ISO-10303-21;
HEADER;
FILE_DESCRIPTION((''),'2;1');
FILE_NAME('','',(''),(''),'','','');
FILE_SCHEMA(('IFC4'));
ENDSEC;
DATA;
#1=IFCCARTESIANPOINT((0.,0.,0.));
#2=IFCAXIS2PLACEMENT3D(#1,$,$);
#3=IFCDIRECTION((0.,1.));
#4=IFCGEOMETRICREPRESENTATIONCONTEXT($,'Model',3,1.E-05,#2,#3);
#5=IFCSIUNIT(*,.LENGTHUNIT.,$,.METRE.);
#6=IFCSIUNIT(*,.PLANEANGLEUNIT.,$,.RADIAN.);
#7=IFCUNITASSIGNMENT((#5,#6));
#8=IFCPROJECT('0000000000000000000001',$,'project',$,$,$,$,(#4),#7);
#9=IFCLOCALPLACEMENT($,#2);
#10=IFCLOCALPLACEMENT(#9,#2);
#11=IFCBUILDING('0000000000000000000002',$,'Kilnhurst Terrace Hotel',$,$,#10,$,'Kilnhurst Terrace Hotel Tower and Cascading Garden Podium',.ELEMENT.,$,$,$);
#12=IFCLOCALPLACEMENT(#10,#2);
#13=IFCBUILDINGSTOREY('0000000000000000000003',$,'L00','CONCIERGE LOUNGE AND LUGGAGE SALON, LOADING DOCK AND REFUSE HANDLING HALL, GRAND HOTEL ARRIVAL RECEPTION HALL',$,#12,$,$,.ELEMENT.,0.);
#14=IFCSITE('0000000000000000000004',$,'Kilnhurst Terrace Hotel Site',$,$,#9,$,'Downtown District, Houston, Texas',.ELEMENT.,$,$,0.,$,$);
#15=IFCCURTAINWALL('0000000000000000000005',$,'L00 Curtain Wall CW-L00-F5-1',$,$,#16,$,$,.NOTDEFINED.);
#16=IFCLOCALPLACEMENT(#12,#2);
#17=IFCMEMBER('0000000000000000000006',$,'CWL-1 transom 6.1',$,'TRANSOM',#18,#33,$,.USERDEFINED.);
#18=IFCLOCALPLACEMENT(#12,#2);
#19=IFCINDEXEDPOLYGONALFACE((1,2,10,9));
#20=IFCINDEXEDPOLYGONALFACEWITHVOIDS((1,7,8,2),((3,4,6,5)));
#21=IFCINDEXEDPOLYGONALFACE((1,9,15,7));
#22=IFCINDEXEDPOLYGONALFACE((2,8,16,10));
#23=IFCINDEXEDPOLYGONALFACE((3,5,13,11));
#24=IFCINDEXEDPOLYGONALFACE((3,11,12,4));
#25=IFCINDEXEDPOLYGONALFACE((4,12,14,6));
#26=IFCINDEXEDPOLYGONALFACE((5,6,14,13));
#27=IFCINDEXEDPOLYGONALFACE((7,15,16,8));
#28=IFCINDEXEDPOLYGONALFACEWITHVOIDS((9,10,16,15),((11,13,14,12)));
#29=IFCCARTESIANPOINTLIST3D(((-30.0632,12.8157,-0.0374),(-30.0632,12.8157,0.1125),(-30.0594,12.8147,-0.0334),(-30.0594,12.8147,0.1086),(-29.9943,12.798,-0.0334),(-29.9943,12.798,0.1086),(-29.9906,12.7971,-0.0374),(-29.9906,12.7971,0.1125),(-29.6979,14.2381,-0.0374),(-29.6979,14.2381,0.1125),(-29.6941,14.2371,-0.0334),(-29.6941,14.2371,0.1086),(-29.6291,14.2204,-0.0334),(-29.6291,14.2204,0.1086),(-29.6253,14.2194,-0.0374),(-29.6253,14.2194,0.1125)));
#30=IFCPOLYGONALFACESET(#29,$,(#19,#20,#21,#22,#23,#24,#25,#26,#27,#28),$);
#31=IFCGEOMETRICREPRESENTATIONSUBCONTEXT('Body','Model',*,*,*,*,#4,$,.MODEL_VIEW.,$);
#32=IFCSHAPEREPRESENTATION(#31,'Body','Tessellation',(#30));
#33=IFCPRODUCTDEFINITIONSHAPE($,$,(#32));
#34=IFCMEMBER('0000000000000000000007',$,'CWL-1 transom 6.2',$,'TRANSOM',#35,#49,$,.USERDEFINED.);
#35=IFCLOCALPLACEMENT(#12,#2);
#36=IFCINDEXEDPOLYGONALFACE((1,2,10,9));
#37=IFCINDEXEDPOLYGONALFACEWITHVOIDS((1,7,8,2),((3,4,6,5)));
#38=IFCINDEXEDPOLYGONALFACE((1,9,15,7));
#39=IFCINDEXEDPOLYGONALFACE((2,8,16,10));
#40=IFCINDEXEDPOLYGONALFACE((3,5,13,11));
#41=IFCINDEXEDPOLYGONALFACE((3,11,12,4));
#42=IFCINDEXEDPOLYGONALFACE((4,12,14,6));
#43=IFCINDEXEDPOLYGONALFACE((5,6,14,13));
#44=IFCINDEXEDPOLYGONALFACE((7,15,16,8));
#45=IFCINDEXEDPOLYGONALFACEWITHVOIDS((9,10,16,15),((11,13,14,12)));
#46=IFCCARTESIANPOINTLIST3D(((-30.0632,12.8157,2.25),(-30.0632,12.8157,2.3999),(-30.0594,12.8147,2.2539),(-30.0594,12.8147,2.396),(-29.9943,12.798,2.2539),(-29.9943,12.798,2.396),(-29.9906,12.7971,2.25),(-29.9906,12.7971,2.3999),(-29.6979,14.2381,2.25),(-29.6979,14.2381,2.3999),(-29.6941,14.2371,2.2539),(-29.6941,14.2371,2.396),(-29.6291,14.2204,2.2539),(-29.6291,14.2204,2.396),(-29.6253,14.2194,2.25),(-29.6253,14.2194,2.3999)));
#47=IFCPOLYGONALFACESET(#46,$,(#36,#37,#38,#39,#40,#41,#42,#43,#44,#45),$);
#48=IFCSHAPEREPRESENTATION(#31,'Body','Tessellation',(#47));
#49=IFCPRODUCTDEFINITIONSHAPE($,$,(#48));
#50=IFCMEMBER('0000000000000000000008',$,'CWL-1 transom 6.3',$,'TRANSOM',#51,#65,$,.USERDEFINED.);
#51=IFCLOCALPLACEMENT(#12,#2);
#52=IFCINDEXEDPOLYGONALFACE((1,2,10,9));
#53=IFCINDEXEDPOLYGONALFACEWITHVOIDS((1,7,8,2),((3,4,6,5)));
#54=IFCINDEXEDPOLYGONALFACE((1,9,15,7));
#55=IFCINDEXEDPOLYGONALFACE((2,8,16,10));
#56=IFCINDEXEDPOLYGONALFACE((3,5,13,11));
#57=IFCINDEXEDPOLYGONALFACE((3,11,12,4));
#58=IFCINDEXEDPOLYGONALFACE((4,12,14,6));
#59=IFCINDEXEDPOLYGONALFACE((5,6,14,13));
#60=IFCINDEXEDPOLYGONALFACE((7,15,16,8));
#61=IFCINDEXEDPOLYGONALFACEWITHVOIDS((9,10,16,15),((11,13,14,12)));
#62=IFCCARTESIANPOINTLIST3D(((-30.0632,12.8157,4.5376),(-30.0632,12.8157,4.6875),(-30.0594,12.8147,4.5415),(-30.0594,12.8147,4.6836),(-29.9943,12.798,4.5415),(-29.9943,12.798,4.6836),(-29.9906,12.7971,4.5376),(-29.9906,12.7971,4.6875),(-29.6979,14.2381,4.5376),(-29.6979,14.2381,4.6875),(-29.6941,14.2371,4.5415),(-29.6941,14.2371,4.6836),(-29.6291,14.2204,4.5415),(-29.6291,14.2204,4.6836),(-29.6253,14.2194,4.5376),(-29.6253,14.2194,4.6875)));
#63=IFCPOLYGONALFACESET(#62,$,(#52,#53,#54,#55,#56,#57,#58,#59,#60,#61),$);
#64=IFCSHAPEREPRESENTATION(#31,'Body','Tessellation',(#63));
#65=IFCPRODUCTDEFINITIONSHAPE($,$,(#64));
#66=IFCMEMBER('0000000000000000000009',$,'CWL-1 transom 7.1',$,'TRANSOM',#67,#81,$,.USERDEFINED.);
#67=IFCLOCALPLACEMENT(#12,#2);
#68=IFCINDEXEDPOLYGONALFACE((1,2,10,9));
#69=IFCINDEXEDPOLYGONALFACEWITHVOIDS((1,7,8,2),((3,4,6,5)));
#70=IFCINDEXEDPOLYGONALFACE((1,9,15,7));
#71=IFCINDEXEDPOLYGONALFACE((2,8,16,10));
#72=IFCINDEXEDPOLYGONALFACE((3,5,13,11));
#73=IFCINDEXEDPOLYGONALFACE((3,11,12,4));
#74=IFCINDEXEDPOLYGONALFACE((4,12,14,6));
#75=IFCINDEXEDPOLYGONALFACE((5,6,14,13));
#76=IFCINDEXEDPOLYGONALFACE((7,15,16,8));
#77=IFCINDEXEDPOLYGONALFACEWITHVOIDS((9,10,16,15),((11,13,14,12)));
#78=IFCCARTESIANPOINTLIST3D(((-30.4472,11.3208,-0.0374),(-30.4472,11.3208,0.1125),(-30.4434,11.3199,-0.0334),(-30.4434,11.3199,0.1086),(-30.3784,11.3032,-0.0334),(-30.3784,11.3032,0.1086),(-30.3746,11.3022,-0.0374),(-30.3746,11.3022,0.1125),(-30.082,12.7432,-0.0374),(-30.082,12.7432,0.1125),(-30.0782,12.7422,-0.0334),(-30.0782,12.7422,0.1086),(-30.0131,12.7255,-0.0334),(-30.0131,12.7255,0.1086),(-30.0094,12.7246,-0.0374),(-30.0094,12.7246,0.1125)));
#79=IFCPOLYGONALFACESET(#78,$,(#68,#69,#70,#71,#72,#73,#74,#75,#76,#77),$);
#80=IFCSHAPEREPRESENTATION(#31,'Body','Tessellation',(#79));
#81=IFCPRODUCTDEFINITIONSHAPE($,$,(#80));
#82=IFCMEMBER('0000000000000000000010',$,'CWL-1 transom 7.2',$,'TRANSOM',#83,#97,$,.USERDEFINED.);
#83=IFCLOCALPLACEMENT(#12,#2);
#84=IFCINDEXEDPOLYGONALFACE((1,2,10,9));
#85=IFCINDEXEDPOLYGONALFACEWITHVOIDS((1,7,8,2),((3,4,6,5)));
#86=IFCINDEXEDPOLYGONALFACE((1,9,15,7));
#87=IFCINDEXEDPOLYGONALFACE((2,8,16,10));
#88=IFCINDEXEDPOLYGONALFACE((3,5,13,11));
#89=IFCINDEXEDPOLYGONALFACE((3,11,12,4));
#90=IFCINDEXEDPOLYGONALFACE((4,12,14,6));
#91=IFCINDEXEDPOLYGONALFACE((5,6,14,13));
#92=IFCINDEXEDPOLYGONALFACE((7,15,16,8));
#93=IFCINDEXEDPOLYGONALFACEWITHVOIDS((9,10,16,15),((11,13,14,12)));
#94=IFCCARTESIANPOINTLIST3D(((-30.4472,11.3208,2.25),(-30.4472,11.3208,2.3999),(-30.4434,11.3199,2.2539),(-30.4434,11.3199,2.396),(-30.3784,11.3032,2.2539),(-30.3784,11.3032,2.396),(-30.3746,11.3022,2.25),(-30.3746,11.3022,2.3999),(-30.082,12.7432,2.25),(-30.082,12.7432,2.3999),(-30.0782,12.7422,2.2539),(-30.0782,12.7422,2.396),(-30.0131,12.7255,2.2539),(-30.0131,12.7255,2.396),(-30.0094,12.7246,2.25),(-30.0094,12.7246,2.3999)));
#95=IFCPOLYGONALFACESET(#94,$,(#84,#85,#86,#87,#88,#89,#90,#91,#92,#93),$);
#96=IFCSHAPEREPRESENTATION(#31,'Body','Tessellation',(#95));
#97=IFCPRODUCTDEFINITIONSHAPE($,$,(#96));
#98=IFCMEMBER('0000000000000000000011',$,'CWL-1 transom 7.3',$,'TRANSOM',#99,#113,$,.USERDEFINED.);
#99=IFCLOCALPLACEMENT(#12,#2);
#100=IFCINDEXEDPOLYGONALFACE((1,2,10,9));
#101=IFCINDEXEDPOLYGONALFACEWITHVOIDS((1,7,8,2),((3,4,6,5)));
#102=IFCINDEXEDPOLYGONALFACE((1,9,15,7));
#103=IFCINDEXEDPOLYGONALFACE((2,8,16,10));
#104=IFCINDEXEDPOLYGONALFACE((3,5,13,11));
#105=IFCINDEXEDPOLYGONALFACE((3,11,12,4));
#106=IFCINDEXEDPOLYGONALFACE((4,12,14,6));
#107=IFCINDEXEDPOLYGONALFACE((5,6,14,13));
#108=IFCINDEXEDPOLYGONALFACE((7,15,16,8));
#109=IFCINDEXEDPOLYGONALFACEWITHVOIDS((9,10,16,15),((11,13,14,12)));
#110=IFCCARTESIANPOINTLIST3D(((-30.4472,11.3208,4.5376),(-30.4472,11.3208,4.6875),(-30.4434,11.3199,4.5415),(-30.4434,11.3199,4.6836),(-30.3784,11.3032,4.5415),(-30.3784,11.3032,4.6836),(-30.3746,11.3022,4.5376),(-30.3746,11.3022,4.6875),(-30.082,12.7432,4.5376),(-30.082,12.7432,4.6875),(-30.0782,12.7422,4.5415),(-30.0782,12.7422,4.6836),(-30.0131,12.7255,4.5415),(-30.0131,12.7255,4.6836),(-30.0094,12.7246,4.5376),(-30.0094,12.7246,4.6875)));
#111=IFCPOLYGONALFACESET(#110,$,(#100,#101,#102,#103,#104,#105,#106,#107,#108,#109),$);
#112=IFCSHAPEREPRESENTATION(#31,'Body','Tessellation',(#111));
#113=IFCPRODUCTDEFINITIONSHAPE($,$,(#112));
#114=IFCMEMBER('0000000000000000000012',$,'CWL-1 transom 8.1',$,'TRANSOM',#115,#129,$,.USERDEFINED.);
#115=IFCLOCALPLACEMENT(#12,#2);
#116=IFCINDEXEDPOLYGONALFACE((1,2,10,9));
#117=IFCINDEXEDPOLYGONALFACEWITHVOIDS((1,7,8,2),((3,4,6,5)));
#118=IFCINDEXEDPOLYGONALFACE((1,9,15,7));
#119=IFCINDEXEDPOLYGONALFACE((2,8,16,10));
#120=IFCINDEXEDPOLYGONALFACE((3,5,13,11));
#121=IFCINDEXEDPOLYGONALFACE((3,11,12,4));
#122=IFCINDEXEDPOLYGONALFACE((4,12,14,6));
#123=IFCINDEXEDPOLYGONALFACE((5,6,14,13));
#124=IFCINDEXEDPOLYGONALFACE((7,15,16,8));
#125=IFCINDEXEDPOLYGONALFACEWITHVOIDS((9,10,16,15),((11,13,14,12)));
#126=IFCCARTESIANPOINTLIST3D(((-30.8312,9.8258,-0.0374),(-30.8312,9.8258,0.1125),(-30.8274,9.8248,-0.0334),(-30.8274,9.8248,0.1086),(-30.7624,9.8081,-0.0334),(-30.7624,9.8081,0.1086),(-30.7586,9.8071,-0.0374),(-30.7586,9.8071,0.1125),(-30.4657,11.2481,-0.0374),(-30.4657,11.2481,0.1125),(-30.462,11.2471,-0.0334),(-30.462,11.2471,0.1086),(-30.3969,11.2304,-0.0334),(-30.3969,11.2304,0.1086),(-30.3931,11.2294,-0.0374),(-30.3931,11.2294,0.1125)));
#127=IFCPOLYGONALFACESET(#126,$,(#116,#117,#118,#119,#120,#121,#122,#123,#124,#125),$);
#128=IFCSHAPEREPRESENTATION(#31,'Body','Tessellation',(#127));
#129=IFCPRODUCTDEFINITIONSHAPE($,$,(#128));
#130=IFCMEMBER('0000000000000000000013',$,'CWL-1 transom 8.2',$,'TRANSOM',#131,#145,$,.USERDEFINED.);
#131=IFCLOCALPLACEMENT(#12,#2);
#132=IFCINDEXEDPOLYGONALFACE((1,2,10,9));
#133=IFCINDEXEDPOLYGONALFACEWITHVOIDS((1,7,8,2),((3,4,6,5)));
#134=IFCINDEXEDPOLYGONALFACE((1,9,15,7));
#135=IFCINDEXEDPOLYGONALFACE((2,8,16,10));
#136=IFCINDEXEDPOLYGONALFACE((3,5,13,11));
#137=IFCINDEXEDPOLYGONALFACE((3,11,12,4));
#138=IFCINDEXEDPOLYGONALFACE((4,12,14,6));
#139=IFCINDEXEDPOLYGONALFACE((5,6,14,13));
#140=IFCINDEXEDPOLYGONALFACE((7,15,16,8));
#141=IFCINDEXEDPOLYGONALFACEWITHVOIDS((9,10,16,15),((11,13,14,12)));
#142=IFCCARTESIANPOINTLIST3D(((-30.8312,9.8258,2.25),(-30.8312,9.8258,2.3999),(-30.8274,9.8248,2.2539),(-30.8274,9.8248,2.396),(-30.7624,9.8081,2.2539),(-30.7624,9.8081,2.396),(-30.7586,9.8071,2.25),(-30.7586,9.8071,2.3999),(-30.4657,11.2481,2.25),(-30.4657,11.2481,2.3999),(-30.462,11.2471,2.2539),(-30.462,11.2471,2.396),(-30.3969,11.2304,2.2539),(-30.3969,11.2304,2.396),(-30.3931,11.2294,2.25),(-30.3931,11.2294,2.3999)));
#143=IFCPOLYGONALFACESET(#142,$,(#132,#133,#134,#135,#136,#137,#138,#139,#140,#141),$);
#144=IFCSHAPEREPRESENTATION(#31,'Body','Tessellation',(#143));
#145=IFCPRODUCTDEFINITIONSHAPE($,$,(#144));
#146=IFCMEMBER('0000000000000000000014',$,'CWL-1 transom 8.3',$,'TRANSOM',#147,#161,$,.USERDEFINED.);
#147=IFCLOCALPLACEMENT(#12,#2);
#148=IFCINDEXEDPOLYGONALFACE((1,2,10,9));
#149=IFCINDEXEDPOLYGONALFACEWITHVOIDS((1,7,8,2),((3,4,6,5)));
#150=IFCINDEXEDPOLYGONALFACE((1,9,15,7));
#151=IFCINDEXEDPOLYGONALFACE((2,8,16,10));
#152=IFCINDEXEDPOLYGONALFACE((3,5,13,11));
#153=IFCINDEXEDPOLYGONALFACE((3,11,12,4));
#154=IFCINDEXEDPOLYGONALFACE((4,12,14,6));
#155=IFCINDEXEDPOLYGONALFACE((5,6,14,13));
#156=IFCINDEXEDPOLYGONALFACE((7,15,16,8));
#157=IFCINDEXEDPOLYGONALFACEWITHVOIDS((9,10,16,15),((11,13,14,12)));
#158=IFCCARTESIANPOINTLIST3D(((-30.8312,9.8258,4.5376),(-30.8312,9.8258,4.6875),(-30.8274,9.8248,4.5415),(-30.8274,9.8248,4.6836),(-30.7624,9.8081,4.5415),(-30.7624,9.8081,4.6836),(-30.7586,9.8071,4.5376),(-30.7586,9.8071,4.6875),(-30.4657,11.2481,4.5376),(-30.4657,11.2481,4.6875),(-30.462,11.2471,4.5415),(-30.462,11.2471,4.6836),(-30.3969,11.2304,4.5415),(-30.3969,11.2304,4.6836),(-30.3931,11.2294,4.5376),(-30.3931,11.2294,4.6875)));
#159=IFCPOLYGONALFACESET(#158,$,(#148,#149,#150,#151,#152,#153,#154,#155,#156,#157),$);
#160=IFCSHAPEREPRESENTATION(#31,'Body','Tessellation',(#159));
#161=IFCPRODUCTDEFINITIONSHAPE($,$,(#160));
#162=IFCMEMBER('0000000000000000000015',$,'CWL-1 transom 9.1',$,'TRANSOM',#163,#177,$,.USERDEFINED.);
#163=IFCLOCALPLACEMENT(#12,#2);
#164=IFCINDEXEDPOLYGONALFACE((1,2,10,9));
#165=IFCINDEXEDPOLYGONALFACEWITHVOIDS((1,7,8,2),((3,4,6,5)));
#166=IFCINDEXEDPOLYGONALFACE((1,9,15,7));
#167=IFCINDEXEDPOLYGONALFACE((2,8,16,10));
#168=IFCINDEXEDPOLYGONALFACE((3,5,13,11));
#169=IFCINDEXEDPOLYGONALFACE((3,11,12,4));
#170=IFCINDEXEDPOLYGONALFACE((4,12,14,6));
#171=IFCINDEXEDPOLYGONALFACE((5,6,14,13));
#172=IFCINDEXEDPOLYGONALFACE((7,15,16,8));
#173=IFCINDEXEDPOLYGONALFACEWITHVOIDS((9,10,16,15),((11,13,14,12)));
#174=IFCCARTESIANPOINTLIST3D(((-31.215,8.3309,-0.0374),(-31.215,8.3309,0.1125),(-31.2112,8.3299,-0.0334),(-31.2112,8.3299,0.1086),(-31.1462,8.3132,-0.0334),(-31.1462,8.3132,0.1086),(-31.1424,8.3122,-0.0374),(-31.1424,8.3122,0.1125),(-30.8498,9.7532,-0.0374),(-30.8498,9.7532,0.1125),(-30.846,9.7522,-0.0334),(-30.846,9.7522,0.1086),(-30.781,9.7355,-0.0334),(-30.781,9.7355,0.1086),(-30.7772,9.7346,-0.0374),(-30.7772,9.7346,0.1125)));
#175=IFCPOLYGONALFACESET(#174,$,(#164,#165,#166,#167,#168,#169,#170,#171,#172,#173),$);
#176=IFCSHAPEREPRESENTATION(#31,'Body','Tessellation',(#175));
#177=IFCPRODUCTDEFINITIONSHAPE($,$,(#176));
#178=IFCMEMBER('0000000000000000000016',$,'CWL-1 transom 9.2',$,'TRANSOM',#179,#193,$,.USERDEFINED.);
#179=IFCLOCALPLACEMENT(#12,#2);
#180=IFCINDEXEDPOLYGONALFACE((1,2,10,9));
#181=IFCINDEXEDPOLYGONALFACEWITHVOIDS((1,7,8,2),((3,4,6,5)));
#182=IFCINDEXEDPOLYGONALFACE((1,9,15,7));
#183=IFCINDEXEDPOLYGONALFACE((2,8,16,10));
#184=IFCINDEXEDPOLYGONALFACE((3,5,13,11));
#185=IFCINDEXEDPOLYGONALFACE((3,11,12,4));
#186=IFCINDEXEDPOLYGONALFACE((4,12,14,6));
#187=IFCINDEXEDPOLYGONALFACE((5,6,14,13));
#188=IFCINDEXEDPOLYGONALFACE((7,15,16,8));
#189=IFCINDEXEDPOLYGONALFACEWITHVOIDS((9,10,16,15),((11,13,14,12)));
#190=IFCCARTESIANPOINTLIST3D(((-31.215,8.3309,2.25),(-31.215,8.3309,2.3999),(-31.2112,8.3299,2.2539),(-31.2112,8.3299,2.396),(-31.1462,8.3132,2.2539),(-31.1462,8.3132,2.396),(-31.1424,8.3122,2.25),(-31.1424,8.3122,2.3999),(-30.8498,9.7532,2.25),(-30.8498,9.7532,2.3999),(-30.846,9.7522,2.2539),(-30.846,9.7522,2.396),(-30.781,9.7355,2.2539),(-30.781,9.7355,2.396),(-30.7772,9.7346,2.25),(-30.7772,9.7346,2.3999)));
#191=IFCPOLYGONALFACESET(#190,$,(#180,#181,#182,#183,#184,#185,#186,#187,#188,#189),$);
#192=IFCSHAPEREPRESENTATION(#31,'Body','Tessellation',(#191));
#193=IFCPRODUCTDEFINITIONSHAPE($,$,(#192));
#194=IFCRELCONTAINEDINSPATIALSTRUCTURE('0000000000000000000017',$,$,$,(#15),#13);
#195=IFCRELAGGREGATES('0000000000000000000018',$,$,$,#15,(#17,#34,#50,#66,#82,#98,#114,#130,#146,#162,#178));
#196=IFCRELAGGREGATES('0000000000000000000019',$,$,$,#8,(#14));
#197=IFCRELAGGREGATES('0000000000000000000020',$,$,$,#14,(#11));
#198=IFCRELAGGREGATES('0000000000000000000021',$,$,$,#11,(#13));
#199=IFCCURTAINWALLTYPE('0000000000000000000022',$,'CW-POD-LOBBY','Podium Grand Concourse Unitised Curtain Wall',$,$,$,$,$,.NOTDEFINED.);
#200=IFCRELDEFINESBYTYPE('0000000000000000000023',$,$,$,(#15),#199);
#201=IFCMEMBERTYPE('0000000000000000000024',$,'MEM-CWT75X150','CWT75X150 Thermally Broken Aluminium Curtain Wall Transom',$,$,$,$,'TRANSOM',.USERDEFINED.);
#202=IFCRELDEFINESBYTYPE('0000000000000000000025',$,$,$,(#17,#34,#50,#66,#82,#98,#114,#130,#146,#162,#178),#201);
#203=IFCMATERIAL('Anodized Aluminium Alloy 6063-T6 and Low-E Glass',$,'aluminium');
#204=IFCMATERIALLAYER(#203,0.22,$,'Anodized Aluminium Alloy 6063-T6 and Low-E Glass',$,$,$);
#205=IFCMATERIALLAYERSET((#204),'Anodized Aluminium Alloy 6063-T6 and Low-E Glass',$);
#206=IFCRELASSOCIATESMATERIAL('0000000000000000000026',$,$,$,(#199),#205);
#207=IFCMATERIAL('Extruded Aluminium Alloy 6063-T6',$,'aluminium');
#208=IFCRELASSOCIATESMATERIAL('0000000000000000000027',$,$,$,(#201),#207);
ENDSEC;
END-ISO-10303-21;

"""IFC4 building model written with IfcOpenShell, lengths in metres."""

from ifc_helpers import new_model, si_unit, direction, frame, origin, origin_2d, place, context, subcontext, project, spatial, hollow_rectangle, extrude, material, layer, layer_set, material_profile, profile_set, type_object, element, aggregate, save


model = new_model("IFC4")

# Units and contexts
model_context = context("Model", 3, precision=1e-05, world=origin(), true_north=direction((0.0, 1.0)))
body_context = subcontext(model_context, "Body", "Model", "MODEL_VIEW")
ifc_project = project(units=[si_unit("LENGTHUNIT", "METRE"), si_unit("PLANEANGLEUNIT", "RADIAN")], contexts=[model_context])

# Site, building, storey
site_placement = place(None, origin())
site = spatial("IfcSite", under=ifc_project, at=site_placement, Name="Kilnhurst Terrace Hotel Site", LongName="Downtown District, Houston, Texas", CompositionType="ELEMENT", RefElevation=0.0)
building_placement = place(site_placement, origin())
building = spatial("IfcBuilding", under=site, at=building_placement, Name="Kilnhurst Terrace Hotel", LongName="Kilnhurst Terrace Hotel Tower and Cascading Garden Podium", CompositionType="ELEMENT")
storey_placement = place(building_placement, origin())
storey = spatial("IfcBuildingStorey", under=building, at=storey_placement, Name="L00", Description="CONCIERGE LOUNGE AND LUGGAGE SALON, LOADING DOCK AND REFUSE HANDLING HALL, GRAND HOTEL ARRIVAL RECEPTION HALL", CompositionType="ELEMENT", Elevation=0.0)

# Curtain wall, members
ifc_material_1 = material(Name="Anodized Aluminium Alloy 6063-T6 and Low-E Glass", Category="aluminium")
ifc_layer_1 = layer(ifc_material_1, 0.22, Name="Anodized Aluminium Alloy 6063-T6 and Low-E Glass")
ifc_layer_set_1 = layer_set([ifc_layer_1], Name="Anodized Aluminium Alloy 6063-T6 and Low-E Glass")
curtain_wall_type = type_object("IfcCurtainWallType", Name="CW-POD-LOBBY", Description="Podium Grand Concourse Unitised Curtain Wall", PredefinedType="NOTDEFINED", material=ifc_layer_set_1)
curtain_wall_placement = place(storey_placement, origin())
curtain_wall = element("IfcCurtainWall", 1, at=curtain_wall_placement, inside=storey, type_object=curtain_wall_type, Name="L00 Curtain Wall CW-L00-F5-1", PredefinedType="NOTDEFINED")
ifc_material_2 = material(Name="Extruded Aluminium Alloy 6063-T6", Category="aluminium")
ifc_material_profile_1 = material_profile(ifc_material_2, hollow_rectangle(XDim=0.075, YDim=0.1499, WallThickness=0.0039, at=origin_2d()), Name="CWT75X150")
ifc_profile_set_1 = profile_set([ifc_material_profile_1], Name="Extruded Aluminium Alloy 6063-T6")
member_type_1 = type_object("IfcMemberType", Name="MEM-CWT75X150", Description="CWT75X150 Thermally Broken Aluminium Curtain Wall Transom", ElementType="TRANSOM", PredefinedType="USERDEFINED", material=ifc_profile_set_1)
member_1_placement = place(storey_placement, frame((-29.6616, 14.2288, 0.0376), z_axis=(-0.248711, -0.968578, 0.0), x_axis=(0.968578, -0.248711, 0.0)))
member_1 = element("IfcMember", 2, at=member_1_placement, type_object=member_type_1, Name="CWL-1 transom 6.1", ObjectType="TRANSOM", PredefinedType="USERDEFINED", context=body_context, shape_type="SweptSolid", body=[
    extrude(hollow_rectangle(XDim=0.075, YDim=0.1499, WallThickness=0.0039, at=origin_2d()), origin(), (0.0, 0.0, 1.0), 1.4685),
])
member_2_placement = place(storey_placement, frame((-29.6616, 14.2288, 2.325), z_axis=(-0.248711, -0.968578, 0.0), x_axis=(0.968578, -0.248711, 0.0)))
member_2 = element("IfcMember", 3, at=member_2_placement, type_object=member_type_1, Name="CWL-1 transom 6.2", ObjectType="TRANSOM", PredefinedType="USERDEFINED", context=body_context, shape_type="SweptSolid", body=[
    extrude(hollow_rectangle(XDim=0.075, YDim=0.1499, WallThickness=0.0039, at=origin_2d()), origin(), (0.0, 0.0, 1.0), 1.4685),
])
member_3_placement = place(storey_placement, frame((-29.6616, 14.2288, 4.6125), z_axis=(-0.248711, -0.968578, 0.0), x_axis=(0.968578, -0.248711, 0.0)))
member_3 = element("IfcMember", 4, at=member_3_placement, type_object=member_type_1, Name="CWL-1 transom 6.3", ObjectType="TRANSOM", PredefinedType="USERDEFINED", context=body_context, shape_type="SweptSolid", body=[
    extrude(hollow_rectangle(XDim=0.075, YDim=0.1499, WallThickness=0.0039, at=origin_2d()), origin(), (0.0, 0.0, 1.0), 1.4685),
])
member_4_placement = place(storey_placement, frame((-30.0457, 12.7339, 0.0376), z_axis=(-0.248711, -0.968578, 0.0), x_axis=(0.968578, -0.248711, 0.0)))
member_4 = element("IfcMember", 5, at=member_4_placement, type_object=member_type_1, Name="CWL-1 transom 7.1", ObjectType="TRANSOM", PredefinedType="USERDEFINED", context=body_context, shape_type="SweptSolid", body=[
    extrude(hollow_rectangle(XDim=0.075, YDim=0.1499, WallThickness=0.0039, at=origin_2d()), origin(), (0.0, 0.0, 1.0), 1.4685),
])
member_5_placement = place(storey_placement, frame((-30.0457, 12.7339, 2.325), z_axis=(-0.248711, -0.968578, 0.0), x_axis=(0.968578, -0.248711, 0.0)))
member_5 = element("IfcMember", 6, at=member_5_placement, type_object=member_type_1, Name="CWL-1 transom 7.2", ObjectType="TRANSOM", PredefinedType="USERDEFINED", context=body_context, shape_type="SweptSolid", body=[
    extrude(hollow_rectangle(XDim=0.075, YDim=0.1499, WallThickness=0.0039, at=origin_2d()), origin(), (0.0, 0.0, 1.0), 1.4685),
])
member_6_placement = place(storey_placement, frame((-30.0457, 12.7339, 4.6125), z_axis=(-0.248711, -0.968578, 0.0), x_axis=(0.968578, -0.248711, 0.0)))
member_6 = element("IfcMember", 7, at=member_6_placement, type_object=member_type_1, Name="CWL-1 transom 7.3", ObjectType="TRANSOM", PredefinedType="USERDEFINED", context=body_context, shape_type="SweptSolid", body=[
    extrude(hollow_rectangle(XDim=0.075, YDim=0.1499, WallThickness=0.0039, at=origin_2d()), origin(), (0.0, 0.0, 1.0), 1.4685),
])
member_7_placement = place(storey_placement, frame((-30.4294, 11.2388, 0.0376), z_axis=(-0.248867, -0.968538, 0.0), x_axis=(0.968538, -0.248867, 0.0)))
member_7 = element("IfcMember", 8, at=member_7_placement, type_object=member_type_1, Name="CWL-1 transom 8.1", ObjectType="TRANSOM", PredefinedType="USERDEFINED", context=body_context, shape_type="SweptSolid", body=[
    extrude(hollow_rectangle(XDim=0.075, YDim=0.1499, WallThickness=0.0039, at=origin_2d()), origin(), (0.0, 0.0, 1.0), 1.4685),
])
member_8_placement = place(storey_placement, frame((-30.4294, 11.2388, 2.325), z_axis=(-0.248867, -0.968538, 0.0), x_axis=(0.968538, -0.248867, 0.0)))
member_8 = element("IfcMember", 9, at=member_8_placement, type_object=member_type_1, Name="CWL-1 transom 8.2", ObjectType="TRANSOM", PredefinedType="USERDEFINED", context=body_context, shape_type="SweptSolid", body=[
    extrude(hollow_rectangle(XDim=0.075, YDim=0.1499, WallThickness=0.0039, at=origin_2d()), origin(), (0.0, 0.0, 1.0), 1.4685),
])
member_9_placement = place(storey_placement, frame((-30.4294, 11.2388, 4.6125), z_axis=(-0.248867, -0.968538, 0.0), x_axis=(0.968538, -0.248867, 0.0)))
member_9 = element("IfcMember", 10, at=member_9_placement, type_object=member_type_1, Name="CWL-1 transom 8.3", ObjectType="TRANSOM", PredefinedType="USERDEFINED", context=body_context, shape_type="SweptSolid", body=[
    extrude(hollow_rectangle(XDim=0.075, YDim=0.1499, WallThickness=0.0039, at=origin_2d()), origin(), (0.0, 0.0, 1.0), 1.4685),
])
member_10_placement = place(storey_placement, frame((-30.8135, 9.7439, 0.0376), z_axis=(-0.248711, -0.968578, 0.0), x_axis=(0.968578, -0.248711, 0.0)))
member_10 = element("IfcMember", 11, at=member_10_placement, type_object=member_type_1, Name="CWL-1 transom 9.1", ObjectType="TRANSOM", PredefinedType="USERDEFINED", context=body_context, shape_type="SweptSolid", body=[
    extrude(hollow_rectangle(XDim=0.075, YDim=0.1499, WallThickness=0.0039, at=origin_2d()), origin(), (0.0, 0.0, 1.0), 1.4685),
])
member_11_placement = place(storey_placement, frame((-30.8135, 9.7439, 2.325), z_axis=(-0.248711, -0.968578, 0.0), x_axis=(0.968578, -0.248711, 0.0)))
member_11 = element("IfcMember", 12, at=member_11_placement, type_object=member_type_1, Name="CWL-1 transom 9.2", ObjectType="TRANSOM", PredefinedType="USERDEFINED", context=body_context, shape_type="SweptSolid", body=[
    extrude(hollow_rectangle(XDim=0.075, YDim=0.1499, WallThickness=0.0039, at=origin_2d()), origin(), (0.0, 0.0, 1.0), 1.4685),
])
aggregate(curtain_wall, [member_1, member_2, member_3, member_4, member_5, member_6, member_7, member_8, member_9, member_10, member_11])

save(model, "model.ifc")
